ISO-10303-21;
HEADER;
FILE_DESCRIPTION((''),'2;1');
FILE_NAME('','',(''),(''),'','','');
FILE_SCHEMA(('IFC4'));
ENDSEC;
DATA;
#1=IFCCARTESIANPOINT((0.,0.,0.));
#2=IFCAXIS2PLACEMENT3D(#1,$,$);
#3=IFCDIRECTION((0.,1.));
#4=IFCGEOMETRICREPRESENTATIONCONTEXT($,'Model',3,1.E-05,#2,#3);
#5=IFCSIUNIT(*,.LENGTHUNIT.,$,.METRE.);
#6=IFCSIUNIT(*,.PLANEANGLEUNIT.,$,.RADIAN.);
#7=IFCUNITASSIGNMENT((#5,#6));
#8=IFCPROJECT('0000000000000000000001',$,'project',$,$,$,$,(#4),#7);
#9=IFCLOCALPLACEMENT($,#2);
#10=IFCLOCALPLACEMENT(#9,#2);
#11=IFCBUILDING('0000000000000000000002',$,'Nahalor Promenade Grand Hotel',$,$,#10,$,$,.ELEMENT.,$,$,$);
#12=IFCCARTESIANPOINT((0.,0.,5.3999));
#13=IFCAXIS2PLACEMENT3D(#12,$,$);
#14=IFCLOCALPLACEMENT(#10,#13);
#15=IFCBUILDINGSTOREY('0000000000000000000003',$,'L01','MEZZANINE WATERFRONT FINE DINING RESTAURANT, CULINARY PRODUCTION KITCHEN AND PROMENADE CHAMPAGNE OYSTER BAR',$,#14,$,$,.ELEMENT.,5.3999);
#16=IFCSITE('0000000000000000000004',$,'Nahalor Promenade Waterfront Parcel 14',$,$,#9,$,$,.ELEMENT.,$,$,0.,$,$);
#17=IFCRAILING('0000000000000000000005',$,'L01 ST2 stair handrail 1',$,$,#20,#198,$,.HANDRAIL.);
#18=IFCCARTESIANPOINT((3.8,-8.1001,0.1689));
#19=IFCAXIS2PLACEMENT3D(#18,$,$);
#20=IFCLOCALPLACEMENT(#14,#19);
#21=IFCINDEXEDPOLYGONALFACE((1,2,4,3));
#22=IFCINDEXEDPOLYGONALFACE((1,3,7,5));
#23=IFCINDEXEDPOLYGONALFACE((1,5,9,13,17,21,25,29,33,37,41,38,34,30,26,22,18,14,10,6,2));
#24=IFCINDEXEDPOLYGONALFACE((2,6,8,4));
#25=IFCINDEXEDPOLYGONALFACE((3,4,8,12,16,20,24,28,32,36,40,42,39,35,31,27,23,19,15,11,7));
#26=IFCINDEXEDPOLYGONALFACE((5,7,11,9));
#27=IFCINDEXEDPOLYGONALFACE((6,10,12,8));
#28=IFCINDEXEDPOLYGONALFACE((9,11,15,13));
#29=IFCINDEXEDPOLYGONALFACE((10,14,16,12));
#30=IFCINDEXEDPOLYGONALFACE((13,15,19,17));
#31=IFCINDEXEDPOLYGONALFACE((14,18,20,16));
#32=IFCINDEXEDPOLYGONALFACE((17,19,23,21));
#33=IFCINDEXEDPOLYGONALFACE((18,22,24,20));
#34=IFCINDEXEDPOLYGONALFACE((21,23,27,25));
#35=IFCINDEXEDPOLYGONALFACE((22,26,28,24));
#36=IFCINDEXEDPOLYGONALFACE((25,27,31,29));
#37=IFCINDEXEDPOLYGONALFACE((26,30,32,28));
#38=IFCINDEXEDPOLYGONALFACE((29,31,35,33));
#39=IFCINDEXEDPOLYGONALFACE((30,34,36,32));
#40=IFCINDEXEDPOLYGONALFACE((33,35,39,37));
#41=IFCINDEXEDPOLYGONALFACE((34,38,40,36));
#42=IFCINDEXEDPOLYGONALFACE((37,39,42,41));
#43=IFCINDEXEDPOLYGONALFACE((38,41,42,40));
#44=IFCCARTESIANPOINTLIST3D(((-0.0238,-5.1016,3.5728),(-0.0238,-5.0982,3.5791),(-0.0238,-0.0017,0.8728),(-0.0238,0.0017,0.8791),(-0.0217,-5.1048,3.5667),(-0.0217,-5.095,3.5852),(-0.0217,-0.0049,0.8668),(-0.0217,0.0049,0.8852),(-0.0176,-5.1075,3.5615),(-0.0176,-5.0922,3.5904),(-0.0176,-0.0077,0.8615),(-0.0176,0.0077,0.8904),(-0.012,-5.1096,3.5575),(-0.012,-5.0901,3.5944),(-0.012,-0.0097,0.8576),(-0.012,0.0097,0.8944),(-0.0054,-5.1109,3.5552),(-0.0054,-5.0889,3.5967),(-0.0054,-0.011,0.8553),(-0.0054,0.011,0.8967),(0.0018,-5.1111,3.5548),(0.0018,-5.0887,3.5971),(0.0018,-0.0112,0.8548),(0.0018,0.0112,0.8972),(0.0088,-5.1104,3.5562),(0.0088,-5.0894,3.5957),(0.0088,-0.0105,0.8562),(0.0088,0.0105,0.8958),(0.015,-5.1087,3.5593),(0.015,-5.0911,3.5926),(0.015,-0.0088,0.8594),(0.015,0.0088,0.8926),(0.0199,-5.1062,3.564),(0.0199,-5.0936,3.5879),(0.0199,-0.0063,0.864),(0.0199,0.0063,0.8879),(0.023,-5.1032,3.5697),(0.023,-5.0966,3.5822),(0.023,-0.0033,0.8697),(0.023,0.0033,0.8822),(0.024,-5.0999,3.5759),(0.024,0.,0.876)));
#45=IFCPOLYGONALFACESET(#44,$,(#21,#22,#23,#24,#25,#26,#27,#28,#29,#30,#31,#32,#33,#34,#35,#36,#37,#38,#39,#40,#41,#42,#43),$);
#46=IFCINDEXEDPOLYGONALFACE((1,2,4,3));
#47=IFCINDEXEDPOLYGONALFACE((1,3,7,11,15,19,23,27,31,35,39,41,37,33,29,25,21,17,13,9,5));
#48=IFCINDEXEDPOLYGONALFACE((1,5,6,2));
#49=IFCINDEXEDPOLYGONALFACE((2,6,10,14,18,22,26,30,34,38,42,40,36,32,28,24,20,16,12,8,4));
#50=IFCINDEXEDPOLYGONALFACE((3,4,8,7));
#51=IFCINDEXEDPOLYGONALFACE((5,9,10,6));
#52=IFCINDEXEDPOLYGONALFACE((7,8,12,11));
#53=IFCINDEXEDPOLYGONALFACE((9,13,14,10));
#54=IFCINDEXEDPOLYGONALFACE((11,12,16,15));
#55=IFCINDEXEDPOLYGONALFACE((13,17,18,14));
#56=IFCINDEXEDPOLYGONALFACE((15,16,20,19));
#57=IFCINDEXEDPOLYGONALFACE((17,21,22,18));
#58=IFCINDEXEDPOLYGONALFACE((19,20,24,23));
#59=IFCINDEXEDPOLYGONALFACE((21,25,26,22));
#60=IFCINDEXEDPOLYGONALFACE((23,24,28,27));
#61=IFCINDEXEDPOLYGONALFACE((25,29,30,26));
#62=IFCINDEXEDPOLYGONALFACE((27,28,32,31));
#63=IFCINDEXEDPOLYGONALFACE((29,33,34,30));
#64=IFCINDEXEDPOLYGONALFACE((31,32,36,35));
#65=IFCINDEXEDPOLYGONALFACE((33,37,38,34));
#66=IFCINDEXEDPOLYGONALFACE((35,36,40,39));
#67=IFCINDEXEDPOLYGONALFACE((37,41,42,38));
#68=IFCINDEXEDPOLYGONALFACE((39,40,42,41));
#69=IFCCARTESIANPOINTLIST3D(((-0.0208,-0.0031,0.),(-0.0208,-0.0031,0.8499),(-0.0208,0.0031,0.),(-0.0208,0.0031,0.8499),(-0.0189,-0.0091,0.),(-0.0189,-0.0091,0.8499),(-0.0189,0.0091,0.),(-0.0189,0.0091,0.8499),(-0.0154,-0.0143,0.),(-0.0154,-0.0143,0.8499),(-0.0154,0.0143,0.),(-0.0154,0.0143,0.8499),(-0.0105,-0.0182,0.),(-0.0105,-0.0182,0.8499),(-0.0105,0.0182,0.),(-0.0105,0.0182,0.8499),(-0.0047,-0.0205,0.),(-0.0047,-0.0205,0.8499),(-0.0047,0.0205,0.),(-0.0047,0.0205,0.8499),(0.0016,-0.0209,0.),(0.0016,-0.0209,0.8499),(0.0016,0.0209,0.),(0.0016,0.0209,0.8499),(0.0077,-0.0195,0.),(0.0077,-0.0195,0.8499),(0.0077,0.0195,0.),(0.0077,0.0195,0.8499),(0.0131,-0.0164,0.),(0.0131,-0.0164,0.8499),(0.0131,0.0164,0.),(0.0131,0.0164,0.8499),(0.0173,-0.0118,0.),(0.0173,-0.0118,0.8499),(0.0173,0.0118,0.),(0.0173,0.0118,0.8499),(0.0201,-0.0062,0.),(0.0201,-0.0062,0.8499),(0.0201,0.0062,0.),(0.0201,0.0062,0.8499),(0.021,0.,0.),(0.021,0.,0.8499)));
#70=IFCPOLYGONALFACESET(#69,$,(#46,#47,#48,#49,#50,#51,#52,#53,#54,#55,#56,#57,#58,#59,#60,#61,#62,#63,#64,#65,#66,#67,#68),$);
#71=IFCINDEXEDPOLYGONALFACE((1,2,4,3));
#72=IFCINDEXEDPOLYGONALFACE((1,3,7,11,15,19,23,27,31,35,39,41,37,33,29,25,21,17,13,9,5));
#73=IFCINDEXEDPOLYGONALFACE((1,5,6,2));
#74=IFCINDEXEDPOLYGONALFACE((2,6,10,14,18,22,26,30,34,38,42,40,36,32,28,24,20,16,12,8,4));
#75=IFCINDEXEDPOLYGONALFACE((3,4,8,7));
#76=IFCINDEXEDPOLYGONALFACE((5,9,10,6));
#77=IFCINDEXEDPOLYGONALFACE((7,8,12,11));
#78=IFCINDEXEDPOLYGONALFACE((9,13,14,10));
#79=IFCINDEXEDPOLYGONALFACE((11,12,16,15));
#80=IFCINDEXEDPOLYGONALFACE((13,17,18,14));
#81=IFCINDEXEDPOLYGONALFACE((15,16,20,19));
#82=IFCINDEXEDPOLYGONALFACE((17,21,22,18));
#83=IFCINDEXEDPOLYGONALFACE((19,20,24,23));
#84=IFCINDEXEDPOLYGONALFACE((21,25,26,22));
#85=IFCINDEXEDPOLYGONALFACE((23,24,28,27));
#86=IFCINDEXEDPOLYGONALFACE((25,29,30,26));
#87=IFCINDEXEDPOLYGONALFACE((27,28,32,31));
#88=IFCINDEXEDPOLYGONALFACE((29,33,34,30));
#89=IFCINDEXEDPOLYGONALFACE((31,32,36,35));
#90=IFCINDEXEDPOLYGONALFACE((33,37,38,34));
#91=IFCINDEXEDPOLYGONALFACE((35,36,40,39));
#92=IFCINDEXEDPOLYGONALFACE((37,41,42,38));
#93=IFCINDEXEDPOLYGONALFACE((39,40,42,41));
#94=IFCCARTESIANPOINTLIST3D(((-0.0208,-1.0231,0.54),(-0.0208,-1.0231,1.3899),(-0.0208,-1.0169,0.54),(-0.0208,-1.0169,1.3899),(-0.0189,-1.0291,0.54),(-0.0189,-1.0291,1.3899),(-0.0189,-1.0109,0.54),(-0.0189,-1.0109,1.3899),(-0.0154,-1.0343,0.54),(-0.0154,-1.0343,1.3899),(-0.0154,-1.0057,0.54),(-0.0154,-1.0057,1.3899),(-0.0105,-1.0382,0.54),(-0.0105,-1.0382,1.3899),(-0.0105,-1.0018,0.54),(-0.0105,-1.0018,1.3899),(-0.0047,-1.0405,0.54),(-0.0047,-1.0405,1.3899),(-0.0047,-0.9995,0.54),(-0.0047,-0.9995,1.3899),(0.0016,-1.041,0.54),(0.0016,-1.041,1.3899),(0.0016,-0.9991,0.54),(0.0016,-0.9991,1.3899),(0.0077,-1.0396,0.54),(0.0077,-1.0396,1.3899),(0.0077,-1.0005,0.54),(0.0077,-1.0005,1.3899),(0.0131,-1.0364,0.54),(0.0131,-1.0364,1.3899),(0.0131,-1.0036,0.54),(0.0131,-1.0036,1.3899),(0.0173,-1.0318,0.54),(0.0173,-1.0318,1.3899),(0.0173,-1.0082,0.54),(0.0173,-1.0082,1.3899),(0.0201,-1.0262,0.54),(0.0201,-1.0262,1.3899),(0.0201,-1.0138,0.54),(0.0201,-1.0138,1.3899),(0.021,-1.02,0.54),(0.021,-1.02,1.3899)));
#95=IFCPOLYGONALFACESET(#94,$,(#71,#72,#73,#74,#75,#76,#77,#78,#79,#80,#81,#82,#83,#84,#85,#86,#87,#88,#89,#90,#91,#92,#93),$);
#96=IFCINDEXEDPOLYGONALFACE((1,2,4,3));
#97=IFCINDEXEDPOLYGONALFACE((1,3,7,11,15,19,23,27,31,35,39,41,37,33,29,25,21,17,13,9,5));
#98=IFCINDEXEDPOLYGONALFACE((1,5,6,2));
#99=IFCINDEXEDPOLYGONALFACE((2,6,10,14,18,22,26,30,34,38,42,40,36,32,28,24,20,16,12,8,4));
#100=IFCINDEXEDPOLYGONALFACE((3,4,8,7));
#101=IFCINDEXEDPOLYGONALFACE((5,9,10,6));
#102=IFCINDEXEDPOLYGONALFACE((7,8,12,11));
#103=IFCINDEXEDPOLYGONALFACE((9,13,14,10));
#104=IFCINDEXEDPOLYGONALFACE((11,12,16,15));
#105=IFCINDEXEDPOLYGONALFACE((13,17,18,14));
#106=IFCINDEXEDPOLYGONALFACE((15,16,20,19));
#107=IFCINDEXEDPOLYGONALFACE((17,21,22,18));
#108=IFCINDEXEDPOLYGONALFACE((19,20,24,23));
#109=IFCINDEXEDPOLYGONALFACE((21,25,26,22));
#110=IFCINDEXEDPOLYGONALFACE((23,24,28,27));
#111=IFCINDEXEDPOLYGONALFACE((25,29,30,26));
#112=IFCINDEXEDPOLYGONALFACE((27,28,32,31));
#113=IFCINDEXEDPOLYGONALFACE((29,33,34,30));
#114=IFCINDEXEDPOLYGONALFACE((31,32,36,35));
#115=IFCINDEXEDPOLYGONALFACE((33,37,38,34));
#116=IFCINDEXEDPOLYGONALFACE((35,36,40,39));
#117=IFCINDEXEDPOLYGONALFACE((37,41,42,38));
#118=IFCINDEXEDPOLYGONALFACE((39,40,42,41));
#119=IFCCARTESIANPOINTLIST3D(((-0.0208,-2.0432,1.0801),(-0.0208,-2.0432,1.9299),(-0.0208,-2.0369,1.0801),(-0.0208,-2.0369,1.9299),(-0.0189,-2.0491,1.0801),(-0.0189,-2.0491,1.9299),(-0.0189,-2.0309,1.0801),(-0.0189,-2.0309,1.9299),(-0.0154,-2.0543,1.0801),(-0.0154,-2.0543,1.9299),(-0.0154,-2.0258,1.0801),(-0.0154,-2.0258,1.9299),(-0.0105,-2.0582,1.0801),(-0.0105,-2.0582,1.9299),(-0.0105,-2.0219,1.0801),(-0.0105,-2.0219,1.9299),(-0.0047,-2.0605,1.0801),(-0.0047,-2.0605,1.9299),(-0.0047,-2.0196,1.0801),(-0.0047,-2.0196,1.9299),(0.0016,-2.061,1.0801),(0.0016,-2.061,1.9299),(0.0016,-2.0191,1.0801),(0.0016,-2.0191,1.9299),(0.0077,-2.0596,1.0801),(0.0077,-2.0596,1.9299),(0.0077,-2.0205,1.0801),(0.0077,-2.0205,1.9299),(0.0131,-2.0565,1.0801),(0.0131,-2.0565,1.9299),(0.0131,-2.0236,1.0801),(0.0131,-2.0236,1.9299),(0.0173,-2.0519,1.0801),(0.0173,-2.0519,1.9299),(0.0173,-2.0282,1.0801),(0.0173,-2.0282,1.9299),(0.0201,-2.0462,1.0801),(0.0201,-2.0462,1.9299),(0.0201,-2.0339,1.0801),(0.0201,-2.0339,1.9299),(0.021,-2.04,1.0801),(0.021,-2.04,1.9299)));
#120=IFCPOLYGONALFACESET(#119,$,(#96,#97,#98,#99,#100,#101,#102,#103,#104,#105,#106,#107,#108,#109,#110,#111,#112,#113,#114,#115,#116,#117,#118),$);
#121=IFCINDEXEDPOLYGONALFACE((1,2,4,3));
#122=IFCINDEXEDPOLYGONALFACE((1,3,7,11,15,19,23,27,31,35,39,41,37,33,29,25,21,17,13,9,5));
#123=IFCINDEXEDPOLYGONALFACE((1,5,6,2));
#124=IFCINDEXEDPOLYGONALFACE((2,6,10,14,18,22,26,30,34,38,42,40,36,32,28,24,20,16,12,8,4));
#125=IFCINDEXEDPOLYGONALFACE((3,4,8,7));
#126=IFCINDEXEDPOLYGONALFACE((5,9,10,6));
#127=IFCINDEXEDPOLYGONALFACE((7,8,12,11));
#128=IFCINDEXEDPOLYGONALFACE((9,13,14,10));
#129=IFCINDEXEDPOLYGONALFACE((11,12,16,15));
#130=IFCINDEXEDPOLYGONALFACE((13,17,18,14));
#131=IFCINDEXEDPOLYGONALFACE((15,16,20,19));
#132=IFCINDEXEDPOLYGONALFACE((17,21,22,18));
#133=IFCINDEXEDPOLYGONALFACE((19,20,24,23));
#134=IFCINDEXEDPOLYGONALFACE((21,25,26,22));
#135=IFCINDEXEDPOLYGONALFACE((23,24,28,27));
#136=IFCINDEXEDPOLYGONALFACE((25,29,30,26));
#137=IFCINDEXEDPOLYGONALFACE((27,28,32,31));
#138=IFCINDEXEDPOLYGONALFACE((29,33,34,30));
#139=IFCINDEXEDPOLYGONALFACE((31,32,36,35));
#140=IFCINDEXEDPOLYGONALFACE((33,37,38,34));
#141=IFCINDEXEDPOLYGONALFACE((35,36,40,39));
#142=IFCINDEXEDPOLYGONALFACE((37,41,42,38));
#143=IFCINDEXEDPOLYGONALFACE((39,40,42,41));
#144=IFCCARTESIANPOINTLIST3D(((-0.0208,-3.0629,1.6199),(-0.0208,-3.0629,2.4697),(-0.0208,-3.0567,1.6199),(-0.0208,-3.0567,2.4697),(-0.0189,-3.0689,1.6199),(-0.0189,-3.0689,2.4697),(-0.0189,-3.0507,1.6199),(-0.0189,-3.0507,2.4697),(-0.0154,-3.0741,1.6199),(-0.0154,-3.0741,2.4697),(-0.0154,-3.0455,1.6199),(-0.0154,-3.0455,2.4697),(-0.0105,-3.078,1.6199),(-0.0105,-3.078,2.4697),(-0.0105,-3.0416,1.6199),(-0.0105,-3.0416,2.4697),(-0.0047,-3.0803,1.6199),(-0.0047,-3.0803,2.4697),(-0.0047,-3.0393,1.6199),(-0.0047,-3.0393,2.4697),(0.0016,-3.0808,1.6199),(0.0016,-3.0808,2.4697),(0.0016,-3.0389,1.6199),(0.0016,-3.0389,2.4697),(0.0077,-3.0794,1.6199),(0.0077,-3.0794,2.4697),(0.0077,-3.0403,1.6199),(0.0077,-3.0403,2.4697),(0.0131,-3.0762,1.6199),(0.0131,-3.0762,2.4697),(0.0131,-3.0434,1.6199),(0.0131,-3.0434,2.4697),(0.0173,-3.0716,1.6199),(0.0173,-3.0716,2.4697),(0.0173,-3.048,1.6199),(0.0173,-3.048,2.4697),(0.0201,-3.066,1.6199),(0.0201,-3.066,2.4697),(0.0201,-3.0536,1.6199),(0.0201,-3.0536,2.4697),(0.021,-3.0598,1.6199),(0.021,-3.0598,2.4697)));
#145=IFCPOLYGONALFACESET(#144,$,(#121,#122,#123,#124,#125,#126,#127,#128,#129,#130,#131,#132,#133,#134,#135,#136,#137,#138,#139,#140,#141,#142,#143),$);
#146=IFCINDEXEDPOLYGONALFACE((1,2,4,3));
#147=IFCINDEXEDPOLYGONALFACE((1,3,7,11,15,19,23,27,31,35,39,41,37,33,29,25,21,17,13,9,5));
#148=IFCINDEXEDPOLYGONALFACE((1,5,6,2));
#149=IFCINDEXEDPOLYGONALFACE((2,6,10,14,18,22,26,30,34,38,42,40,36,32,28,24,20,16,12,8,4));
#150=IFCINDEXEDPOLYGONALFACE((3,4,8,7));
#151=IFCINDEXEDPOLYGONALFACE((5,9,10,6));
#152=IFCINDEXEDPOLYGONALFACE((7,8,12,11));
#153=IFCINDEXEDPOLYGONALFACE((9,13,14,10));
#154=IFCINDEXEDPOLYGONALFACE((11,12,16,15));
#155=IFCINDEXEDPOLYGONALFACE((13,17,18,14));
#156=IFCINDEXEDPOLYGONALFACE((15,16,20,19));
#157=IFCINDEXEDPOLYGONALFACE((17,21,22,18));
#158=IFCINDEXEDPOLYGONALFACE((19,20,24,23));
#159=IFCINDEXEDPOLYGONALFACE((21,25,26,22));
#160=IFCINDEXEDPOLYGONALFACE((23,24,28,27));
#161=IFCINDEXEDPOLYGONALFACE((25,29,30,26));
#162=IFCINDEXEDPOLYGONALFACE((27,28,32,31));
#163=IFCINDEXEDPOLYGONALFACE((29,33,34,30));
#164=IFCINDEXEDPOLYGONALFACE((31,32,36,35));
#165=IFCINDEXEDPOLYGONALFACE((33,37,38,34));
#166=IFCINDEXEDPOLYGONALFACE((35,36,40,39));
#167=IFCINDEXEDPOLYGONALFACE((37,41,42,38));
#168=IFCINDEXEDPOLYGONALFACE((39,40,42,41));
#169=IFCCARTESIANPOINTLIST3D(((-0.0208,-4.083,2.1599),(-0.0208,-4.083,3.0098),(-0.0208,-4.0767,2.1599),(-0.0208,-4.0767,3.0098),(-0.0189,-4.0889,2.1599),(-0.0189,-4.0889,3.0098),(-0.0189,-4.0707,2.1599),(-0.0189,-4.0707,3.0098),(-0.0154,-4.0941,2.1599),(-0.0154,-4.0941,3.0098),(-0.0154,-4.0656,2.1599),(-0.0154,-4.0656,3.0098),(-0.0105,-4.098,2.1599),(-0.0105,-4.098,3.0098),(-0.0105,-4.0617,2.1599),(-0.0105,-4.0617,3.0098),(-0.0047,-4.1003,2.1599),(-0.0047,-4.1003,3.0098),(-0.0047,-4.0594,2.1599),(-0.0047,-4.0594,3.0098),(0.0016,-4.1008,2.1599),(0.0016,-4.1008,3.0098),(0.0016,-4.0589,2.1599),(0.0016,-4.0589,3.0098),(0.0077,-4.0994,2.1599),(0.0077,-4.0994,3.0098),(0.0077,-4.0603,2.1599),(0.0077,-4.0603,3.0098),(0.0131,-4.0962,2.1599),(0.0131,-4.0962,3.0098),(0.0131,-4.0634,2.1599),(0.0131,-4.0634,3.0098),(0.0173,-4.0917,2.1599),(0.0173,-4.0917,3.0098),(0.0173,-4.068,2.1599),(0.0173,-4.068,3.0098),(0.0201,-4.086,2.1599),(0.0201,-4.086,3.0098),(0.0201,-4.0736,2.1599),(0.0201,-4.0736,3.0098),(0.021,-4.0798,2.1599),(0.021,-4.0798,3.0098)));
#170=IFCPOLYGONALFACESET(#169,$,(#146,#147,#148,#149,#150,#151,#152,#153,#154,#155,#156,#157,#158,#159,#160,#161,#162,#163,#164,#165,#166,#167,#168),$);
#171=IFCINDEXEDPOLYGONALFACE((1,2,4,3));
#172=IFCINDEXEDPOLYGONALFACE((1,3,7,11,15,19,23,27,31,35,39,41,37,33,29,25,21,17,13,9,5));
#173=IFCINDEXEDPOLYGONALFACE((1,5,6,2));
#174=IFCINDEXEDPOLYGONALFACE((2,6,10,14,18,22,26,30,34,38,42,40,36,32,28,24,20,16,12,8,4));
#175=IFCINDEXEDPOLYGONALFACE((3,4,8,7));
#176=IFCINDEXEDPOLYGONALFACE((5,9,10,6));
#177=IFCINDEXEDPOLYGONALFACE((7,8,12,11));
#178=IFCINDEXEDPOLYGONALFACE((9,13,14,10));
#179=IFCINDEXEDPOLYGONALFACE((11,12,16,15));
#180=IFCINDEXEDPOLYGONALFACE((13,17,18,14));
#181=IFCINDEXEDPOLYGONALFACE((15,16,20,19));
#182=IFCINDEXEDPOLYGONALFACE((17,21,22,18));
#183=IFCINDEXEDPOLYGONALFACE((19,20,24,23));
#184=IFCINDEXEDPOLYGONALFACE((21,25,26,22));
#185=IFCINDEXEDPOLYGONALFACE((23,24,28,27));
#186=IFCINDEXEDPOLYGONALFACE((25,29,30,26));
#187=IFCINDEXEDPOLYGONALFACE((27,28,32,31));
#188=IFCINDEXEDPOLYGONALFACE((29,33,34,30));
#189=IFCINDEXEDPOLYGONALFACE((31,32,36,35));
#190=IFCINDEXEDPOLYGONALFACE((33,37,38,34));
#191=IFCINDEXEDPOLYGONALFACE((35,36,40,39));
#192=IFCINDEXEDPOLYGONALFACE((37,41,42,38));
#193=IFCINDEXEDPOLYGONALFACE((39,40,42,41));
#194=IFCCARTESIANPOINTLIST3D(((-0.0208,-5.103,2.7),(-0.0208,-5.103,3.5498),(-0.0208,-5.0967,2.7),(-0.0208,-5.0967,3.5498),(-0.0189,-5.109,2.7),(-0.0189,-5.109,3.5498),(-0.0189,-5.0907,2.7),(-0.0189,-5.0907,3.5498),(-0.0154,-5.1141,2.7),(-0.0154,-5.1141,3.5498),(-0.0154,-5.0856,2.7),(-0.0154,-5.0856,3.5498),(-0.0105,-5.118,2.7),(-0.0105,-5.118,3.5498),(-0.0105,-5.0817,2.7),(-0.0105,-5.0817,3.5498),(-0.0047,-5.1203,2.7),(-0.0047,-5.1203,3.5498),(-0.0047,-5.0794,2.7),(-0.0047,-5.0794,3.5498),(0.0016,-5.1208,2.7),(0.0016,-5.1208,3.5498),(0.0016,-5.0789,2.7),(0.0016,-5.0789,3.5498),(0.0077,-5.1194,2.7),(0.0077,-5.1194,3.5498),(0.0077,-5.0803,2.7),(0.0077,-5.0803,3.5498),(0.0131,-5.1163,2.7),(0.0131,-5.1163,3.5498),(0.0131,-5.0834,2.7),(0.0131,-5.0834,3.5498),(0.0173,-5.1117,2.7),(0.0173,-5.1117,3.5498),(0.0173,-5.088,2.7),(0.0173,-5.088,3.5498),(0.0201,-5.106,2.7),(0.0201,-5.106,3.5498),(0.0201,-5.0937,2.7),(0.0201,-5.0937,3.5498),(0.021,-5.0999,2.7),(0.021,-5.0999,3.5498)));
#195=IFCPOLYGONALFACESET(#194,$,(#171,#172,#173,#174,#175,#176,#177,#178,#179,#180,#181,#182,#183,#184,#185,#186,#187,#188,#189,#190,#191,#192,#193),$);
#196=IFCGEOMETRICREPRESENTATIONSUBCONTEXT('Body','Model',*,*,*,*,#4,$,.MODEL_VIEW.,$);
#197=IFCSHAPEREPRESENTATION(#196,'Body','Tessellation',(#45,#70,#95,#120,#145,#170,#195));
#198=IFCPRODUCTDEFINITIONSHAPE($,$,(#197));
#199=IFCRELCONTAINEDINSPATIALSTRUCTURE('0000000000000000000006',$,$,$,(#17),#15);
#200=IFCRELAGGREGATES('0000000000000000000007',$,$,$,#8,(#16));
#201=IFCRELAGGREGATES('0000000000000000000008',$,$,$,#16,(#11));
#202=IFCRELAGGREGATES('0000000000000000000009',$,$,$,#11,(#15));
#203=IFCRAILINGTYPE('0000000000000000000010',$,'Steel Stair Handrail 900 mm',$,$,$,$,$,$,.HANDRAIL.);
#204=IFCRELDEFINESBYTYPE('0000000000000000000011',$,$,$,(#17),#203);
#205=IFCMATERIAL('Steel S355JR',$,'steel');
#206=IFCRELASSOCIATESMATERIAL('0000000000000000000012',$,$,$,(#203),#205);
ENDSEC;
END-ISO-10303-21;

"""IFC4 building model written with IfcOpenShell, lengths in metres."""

from ifc_helpers import new_model, si_unit, direction, frame, origin, origin_2d, place, context, subcontext, project, spatial, circle, extrude, material, type_object, element, save


model = new_model("IFC4")

# Units and contexts
model_context = context("Model", 3, precision=1e-05, world=origin(), true_north=direction((0.0, 1.0)))
body_context = subcontext(model_context, "Body", "Model", "MODEL_VIEW")
ifc_project = project(units=[si_unit("LENGTHUNIT", "METRE"), si_unit("PLANEANGLEUNIT", "RADIAN")], contexts=[model_context])

# Site, building, storey
site_placement = place(None, origin())
site = spatial("IfcSite", under=ifc_project, at=site_placement, Name="Nahalor Promenade Waterfront Parcel 14", CompositionType="ELEMENT", RefElevation=0.0)
building_placement = place(site_placement, origin())
building = spatial("IfcBuilding", under=site, at=building_placement, Name="Nahalor Promenade Grand Hotel", CompositionType="ELEMENT")
storey_placement = place(building_placement, frame((0.0, 0.0, 5.3999)))
storey = spatial("IfcBuildingStorey", under=building, at=storey_placement, Name="L01", Description="MEZZANINE WATERFRONT FINE DINING RESTAURANT, CULINARY PRODUCTION KITCHEN AND PROMENADE CHAMPAGNE OYSTER BAR", CompositionType="ELEMENT", Elevation=5.3999)

# Shared definitions
ifc_material_1 = material(Name="Steel S355JR", Category="steel")

# Railing
railing_type = type_object("IfcRailingType", Name="Steel Stair Handrail 900 mm", PredefinedType="HANDRAIL", material=ifc_material_1)
railing_1_placement = place(storey_placement, frame((3.8, -8.1001, 0.1689)))
element("IfcRailing", 1, at=railing_1_placement, inside=storey, type_object=railing_type, Name="L01 ST2 stair handrail 1", PredefinedType="HANDRAIL", context=body_context, shape_type="SweptSolid", body=[
    extrude(circle(Radius=0.024, at=origin_2d()), frame((0.0, 0.0, 0.876), z_axis=(0.0, -0.883786, 0.467892), x_axis=(1.0, 0.0, 0.0)), (0.0, 0.0, 1.0), 5.7705),
    extrude(circle(Radius=0.021, at=origin_2d()), origin(), (0.0, 0.0, 1.0), 0.8499),
    extrude(circle(Radius=0.021, at=origin_2d()), frame((0.0, -1.02, 0.54)), (0.0, 0.0, 1.0), 0.8499),
    extrude(circle(Radius=0.021, at=origin_2d()), frame((0.0, -2.04, 1.0801)), (0.0, 0.0, 1.0), 0.8499),
    extrude(circle(Radius=0.021, at=origin_2d()), frame((0.0, -3.0598, 1.6199)), (0.0, 0.0, 1.0), 0.8499),
    extrude(circle(Radius=0.021, at=origin_2d()), frame((0.0, -4.0798, 2.1599)), (0.0, 0.0, 1.0), 0.8499),
    extrude(circle(Radius=0.021, at=origin_2d()), frame((0.0, -5.0999, 2.7)), (0.0, 0.0, 1.0), 0.8499),
])

save(model, "model.ifc")
